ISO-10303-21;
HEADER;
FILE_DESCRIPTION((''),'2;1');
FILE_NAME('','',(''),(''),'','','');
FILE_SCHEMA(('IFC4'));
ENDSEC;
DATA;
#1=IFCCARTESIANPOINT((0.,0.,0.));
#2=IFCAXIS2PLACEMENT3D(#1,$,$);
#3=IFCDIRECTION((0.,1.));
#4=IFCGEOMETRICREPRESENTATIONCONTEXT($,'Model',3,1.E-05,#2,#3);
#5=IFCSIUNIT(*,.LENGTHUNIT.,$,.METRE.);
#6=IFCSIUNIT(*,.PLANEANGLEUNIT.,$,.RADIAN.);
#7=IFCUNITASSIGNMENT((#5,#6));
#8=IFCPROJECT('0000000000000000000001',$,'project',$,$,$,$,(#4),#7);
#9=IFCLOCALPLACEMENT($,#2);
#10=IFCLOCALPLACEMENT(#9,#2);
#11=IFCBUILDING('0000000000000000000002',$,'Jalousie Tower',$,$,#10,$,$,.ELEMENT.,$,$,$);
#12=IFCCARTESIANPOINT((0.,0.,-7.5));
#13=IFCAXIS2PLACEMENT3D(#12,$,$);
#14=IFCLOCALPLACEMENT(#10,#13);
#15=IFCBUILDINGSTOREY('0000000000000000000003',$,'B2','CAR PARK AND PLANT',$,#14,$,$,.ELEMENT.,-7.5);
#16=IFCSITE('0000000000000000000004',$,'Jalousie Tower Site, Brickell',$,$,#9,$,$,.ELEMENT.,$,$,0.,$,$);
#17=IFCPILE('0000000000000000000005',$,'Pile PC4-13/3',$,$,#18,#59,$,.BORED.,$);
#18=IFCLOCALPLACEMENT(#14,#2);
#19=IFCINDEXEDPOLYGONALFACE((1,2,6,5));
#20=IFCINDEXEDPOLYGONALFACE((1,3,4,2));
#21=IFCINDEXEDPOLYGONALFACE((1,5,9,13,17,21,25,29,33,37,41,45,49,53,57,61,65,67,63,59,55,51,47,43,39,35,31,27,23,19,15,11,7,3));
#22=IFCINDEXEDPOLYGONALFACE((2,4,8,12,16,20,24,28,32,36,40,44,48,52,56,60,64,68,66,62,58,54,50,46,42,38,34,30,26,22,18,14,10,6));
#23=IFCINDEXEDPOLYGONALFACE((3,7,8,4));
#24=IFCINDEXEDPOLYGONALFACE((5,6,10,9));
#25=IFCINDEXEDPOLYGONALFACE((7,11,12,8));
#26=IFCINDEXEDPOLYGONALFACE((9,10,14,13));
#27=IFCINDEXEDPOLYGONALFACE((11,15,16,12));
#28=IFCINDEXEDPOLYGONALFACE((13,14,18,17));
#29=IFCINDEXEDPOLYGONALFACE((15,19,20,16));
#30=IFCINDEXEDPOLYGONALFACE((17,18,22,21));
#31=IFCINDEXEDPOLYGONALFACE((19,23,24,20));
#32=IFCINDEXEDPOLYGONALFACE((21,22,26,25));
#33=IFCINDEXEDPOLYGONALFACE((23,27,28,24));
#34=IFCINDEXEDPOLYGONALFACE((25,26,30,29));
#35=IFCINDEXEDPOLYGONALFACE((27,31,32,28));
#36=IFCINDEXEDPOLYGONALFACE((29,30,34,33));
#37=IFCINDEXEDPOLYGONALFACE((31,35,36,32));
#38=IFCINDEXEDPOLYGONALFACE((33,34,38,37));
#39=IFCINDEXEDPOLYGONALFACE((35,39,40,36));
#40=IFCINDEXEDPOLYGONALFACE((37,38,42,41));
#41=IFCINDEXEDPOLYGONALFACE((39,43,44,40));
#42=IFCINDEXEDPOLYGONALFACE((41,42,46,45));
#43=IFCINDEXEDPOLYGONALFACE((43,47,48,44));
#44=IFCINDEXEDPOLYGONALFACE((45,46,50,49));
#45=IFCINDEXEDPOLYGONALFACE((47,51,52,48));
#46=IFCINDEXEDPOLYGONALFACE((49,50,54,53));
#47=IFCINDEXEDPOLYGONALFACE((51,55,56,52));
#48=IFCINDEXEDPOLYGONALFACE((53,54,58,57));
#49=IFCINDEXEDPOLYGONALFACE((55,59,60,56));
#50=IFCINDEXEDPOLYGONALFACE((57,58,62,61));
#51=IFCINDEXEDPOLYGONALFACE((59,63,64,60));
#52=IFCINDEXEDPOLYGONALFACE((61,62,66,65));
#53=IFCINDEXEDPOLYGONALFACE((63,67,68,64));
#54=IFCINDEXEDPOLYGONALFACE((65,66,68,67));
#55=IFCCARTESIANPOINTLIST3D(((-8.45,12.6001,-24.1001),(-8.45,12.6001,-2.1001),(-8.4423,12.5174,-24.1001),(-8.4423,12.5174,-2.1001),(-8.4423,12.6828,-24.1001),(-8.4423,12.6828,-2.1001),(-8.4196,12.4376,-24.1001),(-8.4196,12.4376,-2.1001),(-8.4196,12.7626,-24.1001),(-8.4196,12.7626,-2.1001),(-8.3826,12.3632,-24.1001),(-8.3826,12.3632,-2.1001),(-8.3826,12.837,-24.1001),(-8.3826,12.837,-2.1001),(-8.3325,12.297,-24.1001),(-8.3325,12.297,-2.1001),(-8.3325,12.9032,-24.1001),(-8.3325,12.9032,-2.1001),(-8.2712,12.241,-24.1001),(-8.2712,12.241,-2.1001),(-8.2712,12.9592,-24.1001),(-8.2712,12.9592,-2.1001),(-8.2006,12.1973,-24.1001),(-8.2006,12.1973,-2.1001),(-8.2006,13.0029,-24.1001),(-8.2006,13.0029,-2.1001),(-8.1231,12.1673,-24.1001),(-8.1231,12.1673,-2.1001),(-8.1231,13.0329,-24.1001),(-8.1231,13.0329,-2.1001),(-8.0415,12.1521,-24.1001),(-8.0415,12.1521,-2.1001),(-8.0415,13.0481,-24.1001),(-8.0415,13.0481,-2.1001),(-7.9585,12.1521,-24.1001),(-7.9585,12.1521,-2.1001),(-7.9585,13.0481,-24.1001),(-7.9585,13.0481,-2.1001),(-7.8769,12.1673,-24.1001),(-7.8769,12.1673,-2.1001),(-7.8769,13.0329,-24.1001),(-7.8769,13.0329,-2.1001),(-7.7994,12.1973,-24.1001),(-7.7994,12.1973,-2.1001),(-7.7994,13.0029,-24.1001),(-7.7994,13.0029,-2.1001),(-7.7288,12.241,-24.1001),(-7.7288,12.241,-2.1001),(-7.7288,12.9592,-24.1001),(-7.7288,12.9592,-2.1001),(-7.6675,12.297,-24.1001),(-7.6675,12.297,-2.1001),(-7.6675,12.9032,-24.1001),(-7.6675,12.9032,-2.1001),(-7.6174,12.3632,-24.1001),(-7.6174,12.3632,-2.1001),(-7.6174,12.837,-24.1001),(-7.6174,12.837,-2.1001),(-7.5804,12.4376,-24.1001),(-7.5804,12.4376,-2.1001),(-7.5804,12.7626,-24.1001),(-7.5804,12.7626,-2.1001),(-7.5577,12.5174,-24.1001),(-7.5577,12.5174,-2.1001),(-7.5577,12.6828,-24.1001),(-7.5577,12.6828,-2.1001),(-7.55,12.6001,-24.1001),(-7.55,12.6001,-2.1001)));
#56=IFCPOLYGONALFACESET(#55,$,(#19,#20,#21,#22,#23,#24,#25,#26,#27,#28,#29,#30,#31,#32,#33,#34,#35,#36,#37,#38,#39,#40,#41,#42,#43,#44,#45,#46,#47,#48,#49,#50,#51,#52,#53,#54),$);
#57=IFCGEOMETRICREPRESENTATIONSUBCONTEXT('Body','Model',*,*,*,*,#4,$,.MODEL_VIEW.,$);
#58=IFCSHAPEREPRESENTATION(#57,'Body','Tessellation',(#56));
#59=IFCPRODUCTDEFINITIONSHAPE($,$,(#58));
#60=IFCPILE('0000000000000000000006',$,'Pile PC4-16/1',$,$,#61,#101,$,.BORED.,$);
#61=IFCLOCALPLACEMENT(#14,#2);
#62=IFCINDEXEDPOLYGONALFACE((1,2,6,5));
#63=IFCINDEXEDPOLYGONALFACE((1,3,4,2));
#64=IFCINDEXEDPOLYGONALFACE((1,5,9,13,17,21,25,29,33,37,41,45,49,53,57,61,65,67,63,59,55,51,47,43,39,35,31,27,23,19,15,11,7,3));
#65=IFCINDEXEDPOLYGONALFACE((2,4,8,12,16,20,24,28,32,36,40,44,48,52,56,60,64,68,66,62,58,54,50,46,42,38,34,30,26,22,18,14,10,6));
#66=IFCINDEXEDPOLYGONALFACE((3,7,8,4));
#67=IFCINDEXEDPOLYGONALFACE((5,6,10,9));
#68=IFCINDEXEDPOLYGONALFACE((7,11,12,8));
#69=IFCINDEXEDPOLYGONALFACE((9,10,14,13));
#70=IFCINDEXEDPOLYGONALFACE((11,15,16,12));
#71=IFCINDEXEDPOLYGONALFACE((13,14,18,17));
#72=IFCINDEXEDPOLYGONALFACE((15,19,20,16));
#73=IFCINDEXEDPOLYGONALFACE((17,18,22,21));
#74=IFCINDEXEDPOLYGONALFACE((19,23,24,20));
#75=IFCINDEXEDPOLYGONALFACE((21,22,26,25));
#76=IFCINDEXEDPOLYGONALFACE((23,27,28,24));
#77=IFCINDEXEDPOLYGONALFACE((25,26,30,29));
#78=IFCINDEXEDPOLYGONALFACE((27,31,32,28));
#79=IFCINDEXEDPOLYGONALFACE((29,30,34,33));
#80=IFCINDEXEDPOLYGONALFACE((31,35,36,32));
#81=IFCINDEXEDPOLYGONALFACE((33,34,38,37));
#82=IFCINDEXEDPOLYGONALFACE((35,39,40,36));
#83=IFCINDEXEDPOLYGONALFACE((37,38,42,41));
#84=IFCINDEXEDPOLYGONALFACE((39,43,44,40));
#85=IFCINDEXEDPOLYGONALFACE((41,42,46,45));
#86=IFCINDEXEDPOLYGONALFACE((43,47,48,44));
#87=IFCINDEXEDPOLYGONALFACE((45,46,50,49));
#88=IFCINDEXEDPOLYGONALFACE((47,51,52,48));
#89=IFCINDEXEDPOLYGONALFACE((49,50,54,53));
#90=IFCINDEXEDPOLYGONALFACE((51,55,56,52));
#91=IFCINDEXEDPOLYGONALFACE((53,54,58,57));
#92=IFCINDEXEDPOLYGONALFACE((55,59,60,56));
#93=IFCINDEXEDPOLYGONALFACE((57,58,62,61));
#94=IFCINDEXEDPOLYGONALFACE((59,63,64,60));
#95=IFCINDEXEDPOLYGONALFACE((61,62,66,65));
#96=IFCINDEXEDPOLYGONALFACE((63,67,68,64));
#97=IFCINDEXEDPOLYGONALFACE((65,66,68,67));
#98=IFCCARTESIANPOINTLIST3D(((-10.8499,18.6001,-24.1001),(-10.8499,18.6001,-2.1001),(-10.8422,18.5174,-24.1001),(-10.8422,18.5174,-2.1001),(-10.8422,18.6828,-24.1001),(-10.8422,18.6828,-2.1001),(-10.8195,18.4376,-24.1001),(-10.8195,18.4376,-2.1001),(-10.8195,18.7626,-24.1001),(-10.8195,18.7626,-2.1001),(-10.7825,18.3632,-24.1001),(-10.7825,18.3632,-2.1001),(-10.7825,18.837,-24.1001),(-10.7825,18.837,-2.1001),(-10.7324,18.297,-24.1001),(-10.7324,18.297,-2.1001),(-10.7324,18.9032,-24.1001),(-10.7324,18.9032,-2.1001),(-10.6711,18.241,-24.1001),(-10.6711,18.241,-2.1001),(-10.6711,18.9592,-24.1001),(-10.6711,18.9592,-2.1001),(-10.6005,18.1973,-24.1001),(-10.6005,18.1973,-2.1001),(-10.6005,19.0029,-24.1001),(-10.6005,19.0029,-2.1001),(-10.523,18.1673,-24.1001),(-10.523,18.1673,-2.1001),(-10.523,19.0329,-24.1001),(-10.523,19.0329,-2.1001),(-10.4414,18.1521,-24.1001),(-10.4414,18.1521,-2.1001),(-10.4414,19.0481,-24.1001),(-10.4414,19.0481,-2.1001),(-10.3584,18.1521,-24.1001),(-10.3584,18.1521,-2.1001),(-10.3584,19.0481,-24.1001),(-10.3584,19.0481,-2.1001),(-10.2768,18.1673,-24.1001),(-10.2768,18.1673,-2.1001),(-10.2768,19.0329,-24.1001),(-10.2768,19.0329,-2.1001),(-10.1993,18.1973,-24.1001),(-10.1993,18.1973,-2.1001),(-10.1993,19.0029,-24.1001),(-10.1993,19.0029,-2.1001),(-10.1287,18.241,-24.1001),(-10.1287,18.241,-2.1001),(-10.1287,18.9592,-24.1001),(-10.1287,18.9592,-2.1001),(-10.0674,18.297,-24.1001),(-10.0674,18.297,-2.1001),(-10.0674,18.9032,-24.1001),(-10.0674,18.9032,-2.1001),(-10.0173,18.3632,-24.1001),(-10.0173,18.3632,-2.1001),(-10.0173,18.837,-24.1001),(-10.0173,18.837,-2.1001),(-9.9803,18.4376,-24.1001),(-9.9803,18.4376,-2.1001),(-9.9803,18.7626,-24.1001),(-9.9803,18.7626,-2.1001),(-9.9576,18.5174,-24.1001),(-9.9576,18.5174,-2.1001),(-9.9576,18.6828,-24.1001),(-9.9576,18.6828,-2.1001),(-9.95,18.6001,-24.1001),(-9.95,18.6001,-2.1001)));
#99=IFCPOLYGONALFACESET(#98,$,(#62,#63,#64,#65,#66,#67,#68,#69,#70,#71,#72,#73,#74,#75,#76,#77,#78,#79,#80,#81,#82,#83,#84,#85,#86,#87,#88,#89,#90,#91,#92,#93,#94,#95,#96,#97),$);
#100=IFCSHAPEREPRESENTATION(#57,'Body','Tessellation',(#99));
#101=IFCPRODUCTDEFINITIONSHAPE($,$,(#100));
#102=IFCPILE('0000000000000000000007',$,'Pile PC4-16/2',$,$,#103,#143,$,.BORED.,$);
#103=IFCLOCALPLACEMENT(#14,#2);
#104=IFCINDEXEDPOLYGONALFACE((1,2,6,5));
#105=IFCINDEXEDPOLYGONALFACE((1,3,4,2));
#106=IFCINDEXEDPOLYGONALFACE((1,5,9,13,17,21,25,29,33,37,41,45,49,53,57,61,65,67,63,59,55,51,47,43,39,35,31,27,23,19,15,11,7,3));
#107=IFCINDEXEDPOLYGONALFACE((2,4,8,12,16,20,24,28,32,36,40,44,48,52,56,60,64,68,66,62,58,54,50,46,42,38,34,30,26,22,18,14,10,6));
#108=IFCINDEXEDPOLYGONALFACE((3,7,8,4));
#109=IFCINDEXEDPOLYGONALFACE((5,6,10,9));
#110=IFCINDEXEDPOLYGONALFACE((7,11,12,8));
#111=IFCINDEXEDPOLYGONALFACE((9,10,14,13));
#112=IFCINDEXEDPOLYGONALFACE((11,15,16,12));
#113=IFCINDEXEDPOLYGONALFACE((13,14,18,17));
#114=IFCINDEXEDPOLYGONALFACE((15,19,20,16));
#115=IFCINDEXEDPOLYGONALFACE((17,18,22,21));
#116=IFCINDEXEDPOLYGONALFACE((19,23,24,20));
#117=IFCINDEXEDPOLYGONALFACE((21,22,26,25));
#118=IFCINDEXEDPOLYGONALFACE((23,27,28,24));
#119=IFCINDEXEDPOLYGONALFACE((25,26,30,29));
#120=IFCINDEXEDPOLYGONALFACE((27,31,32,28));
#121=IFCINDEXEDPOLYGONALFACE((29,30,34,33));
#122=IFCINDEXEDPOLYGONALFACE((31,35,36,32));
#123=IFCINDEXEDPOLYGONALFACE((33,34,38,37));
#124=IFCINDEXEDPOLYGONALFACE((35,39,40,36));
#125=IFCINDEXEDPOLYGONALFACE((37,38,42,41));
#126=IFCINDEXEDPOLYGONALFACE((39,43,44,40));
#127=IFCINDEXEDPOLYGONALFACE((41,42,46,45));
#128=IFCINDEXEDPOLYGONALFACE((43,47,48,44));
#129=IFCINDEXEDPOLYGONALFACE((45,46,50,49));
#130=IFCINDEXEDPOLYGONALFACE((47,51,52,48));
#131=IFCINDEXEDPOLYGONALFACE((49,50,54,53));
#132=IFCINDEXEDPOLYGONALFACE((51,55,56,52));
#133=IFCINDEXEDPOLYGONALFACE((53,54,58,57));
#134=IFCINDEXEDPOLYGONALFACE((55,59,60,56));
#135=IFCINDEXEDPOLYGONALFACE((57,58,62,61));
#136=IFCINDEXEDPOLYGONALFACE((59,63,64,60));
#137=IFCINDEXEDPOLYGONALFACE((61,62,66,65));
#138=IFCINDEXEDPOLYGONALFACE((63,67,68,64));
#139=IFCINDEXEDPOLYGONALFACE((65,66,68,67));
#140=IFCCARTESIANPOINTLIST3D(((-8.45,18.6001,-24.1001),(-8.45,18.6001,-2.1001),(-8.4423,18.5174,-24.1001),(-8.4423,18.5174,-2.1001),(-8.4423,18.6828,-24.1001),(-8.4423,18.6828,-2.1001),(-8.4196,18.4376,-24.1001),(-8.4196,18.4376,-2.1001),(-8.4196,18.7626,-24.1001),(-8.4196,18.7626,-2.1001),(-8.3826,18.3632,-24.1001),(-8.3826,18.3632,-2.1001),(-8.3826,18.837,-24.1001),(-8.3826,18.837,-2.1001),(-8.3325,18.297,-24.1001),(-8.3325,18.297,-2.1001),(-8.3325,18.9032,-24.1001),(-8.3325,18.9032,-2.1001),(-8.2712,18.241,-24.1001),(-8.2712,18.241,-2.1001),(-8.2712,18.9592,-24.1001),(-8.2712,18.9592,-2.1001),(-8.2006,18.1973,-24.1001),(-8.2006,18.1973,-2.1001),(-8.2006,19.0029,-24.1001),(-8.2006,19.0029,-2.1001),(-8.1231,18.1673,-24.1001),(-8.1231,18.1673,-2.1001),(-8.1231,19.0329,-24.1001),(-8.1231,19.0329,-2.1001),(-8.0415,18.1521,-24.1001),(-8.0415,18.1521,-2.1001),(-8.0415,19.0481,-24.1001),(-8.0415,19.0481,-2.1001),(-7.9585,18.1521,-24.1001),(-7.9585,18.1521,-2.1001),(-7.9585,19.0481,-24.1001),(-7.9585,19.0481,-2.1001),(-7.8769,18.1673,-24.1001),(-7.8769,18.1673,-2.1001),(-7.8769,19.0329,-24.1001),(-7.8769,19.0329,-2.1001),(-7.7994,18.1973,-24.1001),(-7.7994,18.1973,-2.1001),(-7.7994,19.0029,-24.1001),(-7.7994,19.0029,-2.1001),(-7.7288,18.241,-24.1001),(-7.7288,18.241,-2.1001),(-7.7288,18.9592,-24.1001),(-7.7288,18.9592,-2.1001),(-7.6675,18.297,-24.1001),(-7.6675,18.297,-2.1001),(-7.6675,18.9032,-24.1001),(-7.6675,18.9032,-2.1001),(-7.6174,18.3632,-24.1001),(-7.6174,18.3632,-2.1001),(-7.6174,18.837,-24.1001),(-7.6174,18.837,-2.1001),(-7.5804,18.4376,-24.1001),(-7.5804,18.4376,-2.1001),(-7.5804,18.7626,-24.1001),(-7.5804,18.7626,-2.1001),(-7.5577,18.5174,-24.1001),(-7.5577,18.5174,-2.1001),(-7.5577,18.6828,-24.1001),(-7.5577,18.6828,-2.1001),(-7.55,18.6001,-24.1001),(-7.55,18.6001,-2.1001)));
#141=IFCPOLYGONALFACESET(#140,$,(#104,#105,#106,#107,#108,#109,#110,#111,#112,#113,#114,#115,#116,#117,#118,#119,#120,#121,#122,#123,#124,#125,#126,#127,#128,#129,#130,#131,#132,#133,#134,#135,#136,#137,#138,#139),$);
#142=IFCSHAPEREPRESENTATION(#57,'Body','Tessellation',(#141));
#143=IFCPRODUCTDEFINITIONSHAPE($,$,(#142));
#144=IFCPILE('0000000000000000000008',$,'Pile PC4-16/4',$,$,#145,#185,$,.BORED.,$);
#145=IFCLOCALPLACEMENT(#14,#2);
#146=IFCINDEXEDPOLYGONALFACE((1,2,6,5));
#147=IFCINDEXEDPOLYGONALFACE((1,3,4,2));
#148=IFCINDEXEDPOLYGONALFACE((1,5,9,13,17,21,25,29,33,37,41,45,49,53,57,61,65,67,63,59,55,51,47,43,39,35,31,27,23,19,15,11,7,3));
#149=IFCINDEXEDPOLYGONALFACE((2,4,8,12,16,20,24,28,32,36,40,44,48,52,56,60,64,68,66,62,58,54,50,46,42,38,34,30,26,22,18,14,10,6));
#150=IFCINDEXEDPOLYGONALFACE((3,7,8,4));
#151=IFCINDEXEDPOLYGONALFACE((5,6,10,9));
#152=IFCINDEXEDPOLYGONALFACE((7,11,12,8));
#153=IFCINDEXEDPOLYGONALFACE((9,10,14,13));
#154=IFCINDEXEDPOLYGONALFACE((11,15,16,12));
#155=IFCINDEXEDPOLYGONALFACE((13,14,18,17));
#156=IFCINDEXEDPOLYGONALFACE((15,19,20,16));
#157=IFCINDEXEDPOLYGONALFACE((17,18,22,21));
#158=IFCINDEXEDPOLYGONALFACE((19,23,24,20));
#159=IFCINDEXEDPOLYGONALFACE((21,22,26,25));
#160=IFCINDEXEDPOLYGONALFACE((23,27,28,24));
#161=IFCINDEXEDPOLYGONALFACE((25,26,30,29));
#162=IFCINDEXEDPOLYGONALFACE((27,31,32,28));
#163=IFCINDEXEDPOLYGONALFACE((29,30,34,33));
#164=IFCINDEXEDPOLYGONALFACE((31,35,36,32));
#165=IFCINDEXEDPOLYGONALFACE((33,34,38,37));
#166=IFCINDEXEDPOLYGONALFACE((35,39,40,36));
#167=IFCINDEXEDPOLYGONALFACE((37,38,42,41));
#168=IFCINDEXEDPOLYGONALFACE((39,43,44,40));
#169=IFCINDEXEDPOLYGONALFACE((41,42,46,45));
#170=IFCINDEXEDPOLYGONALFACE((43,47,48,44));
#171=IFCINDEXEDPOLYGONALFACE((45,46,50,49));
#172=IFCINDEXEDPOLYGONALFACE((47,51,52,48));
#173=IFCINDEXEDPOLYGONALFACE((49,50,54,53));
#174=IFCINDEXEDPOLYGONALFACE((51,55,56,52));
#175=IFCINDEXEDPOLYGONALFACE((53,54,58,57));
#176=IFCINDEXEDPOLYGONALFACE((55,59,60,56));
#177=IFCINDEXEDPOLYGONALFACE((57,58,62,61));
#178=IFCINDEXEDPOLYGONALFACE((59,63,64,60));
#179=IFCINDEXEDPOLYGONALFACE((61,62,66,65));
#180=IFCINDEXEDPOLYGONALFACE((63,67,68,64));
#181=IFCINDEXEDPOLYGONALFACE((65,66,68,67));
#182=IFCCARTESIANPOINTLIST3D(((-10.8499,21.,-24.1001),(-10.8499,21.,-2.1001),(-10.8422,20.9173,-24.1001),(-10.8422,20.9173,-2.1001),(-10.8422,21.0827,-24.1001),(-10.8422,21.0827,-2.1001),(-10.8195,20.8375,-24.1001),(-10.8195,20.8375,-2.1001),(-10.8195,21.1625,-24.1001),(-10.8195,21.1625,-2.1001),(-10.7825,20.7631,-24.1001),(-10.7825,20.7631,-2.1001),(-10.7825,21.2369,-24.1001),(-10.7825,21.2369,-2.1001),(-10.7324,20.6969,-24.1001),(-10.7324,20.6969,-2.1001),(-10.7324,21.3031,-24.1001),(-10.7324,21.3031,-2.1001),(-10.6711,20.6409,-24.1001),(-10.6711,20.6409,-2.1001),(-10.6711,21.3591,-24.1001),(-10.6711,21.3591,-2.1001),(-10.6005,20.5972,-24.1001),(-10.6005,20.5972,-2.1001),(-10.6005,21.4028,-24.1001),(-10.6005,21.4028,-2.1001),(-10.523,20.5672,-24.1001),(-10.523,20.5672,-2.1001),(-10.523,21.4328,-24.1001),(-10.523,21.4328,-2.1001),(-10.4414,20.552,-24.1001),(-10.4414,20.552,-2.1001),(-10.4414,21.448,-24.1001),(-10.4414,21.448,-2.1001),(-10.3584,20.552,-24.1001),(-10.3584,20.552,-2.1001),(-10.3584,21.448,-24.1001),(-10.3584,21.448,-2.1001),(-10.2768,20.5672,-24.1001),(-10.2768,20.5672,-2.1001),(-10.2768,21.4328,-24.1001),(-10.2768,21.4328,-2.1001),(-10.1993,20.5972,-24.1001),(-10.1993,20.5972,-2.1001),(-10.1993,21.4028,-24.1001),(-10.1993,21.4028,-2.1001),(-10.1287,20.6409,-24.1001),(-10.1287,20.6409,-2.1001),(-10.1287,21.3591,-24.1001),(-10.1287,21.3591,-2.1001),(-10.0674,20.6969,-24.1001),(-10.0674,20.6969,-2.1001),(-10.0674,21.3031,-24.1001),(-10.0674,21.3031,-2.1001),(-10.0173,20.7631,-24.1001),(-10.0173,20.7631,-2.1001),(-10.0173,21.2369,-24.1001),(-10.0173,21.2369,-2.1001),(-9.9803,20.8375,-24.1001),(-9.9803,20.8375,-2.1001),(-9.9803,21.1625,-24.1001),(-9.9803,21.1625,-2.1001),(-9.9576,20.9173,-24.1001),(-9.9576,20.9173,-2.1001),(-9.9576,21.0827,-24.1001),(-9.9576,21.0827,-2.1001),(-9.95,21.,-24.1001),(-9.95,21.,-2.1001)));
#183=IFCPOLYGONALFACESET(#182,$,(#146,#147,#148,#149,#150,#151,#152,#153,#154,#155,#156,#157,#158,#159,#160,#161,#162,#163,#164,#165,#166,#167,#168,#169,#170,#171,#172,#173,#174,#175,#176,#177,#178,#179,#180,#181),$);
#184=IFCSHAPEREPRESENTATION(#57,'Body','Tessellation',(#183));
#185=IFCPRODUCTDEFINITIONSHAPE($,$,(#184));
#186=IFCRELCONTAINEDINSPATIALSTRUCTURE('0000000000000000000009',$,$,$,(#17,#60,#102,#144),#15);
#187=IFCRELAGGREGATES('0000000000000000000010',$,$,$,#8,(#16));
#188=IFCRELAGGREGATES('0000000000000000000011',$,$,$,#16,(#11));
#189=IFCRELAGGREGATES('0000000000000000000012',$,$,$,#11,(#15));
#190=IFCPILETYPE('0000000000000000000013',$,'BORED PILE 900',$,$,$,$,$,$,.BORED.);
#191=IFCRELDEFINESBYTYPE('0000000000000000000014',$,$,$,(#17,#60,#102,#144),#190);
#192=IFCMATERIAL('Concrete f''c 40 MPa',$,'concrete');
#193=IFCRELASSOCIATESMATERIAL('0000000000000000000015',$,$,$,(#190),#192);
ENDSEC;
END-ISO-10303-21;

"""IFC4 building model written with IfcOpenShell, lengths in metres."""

from ifc_helpers import new_model, si_unit, direction, frame, origin, origin_2d, place, context, subcontext, project, spatial, circle, extrude, material, material_profile, profile_set, type_object, element, save


model = new_model("IFC4")

# Units and contexts
model_context = context("Model", 3, precision=1e-05, world=origin(), true_north=direction((0.0, 1.0)))
body_context = subcontext(model_context, "Body", "Model", "MODEL_VIEW")
ifc_project = project(units=[si_unit("LENGTHUNIT", "METRE"), si_unit("PLANEANGLEUNIT", "RADIAN")], contexts=[model_context])

# Site, building, storey
site_placement = place(None, origin())
site = spatial("IfcSite", under=ifc_project, at=site_placement, Name="Jalousie Tower Site, Brickell", CompositionType="ELEMENT", RefElevation=0.0)
building_placement = place(site_placement, origin())
building = spatial("IfcBuilding", under=site, at=building_placement, Name="Jalousie Tower", CompositionType="ELEMENT")
storey_placement = place(building_placement, frame((0.0, 0.0, -7.5)))
storey = spatial("IfcBuildingStorey", under=building, at=storey_placement, Name="B2", Description="CAR PARK AND PLANT", CompositionType="ELEMENT", Elevation=-7.5)

# Piles
ifc_material_1 = material(Name="Concrete f'c 40 MPa", Category="concrete")
ifc_material_profile_1 = material_profile(ifc_material_1, circle(Radius=0.45, at=origin_2d()), Name="BORED PILE D900")
ifc_profile_set_1 = profile_set([ifc_material_profile_1], Name="Concrete f'c 40 MPa")
pile_type = type_object("IfcPileType", Name="BORED PILE 900", PredefinedType="BORED", material=ifc_profile_set_1)
for number, where, z_axis, x_axis, name in (
    (1, (-8.0, 12.6001, -2.1001), (0.0, 0.0, -1.0), (1.0, 0.0, 0.0), "Pile PC4-13/3"),
    (2, (-10.3999, 18.6001, -2.1001), (0.0, 0.0, -1.0), (1.0, 0.0, 0.0), "Pile PC4-16/1"),
    (3, (-8.0, 18.6001, -2.1001), (0.0, 0.0, -1.0), (1.0, 0.0, 0.0), "Pile PC4-16/2"),
    (4, (-10.3999, 21.0, -2.1001), (0.0, 0.0, -1.0), (1.0, 0.0, 0.0), "Pile PC4-16/4"),
):
    element("IfcPile", number, at=place(storey_placement, frame(where, z_axis=z_axis, x_axis=x_axis)), inside=storey, type_object=pile_type, Name=name, PredefinedType="BORED", context=body_context, shape_type="SweptSolid", body=[
        extrude(circle(Radius=0.45, at=origin_2d()), origin(), (0.0, 0.0, 1.0), 22.0),
    ])

save(model, "model.ifc")
